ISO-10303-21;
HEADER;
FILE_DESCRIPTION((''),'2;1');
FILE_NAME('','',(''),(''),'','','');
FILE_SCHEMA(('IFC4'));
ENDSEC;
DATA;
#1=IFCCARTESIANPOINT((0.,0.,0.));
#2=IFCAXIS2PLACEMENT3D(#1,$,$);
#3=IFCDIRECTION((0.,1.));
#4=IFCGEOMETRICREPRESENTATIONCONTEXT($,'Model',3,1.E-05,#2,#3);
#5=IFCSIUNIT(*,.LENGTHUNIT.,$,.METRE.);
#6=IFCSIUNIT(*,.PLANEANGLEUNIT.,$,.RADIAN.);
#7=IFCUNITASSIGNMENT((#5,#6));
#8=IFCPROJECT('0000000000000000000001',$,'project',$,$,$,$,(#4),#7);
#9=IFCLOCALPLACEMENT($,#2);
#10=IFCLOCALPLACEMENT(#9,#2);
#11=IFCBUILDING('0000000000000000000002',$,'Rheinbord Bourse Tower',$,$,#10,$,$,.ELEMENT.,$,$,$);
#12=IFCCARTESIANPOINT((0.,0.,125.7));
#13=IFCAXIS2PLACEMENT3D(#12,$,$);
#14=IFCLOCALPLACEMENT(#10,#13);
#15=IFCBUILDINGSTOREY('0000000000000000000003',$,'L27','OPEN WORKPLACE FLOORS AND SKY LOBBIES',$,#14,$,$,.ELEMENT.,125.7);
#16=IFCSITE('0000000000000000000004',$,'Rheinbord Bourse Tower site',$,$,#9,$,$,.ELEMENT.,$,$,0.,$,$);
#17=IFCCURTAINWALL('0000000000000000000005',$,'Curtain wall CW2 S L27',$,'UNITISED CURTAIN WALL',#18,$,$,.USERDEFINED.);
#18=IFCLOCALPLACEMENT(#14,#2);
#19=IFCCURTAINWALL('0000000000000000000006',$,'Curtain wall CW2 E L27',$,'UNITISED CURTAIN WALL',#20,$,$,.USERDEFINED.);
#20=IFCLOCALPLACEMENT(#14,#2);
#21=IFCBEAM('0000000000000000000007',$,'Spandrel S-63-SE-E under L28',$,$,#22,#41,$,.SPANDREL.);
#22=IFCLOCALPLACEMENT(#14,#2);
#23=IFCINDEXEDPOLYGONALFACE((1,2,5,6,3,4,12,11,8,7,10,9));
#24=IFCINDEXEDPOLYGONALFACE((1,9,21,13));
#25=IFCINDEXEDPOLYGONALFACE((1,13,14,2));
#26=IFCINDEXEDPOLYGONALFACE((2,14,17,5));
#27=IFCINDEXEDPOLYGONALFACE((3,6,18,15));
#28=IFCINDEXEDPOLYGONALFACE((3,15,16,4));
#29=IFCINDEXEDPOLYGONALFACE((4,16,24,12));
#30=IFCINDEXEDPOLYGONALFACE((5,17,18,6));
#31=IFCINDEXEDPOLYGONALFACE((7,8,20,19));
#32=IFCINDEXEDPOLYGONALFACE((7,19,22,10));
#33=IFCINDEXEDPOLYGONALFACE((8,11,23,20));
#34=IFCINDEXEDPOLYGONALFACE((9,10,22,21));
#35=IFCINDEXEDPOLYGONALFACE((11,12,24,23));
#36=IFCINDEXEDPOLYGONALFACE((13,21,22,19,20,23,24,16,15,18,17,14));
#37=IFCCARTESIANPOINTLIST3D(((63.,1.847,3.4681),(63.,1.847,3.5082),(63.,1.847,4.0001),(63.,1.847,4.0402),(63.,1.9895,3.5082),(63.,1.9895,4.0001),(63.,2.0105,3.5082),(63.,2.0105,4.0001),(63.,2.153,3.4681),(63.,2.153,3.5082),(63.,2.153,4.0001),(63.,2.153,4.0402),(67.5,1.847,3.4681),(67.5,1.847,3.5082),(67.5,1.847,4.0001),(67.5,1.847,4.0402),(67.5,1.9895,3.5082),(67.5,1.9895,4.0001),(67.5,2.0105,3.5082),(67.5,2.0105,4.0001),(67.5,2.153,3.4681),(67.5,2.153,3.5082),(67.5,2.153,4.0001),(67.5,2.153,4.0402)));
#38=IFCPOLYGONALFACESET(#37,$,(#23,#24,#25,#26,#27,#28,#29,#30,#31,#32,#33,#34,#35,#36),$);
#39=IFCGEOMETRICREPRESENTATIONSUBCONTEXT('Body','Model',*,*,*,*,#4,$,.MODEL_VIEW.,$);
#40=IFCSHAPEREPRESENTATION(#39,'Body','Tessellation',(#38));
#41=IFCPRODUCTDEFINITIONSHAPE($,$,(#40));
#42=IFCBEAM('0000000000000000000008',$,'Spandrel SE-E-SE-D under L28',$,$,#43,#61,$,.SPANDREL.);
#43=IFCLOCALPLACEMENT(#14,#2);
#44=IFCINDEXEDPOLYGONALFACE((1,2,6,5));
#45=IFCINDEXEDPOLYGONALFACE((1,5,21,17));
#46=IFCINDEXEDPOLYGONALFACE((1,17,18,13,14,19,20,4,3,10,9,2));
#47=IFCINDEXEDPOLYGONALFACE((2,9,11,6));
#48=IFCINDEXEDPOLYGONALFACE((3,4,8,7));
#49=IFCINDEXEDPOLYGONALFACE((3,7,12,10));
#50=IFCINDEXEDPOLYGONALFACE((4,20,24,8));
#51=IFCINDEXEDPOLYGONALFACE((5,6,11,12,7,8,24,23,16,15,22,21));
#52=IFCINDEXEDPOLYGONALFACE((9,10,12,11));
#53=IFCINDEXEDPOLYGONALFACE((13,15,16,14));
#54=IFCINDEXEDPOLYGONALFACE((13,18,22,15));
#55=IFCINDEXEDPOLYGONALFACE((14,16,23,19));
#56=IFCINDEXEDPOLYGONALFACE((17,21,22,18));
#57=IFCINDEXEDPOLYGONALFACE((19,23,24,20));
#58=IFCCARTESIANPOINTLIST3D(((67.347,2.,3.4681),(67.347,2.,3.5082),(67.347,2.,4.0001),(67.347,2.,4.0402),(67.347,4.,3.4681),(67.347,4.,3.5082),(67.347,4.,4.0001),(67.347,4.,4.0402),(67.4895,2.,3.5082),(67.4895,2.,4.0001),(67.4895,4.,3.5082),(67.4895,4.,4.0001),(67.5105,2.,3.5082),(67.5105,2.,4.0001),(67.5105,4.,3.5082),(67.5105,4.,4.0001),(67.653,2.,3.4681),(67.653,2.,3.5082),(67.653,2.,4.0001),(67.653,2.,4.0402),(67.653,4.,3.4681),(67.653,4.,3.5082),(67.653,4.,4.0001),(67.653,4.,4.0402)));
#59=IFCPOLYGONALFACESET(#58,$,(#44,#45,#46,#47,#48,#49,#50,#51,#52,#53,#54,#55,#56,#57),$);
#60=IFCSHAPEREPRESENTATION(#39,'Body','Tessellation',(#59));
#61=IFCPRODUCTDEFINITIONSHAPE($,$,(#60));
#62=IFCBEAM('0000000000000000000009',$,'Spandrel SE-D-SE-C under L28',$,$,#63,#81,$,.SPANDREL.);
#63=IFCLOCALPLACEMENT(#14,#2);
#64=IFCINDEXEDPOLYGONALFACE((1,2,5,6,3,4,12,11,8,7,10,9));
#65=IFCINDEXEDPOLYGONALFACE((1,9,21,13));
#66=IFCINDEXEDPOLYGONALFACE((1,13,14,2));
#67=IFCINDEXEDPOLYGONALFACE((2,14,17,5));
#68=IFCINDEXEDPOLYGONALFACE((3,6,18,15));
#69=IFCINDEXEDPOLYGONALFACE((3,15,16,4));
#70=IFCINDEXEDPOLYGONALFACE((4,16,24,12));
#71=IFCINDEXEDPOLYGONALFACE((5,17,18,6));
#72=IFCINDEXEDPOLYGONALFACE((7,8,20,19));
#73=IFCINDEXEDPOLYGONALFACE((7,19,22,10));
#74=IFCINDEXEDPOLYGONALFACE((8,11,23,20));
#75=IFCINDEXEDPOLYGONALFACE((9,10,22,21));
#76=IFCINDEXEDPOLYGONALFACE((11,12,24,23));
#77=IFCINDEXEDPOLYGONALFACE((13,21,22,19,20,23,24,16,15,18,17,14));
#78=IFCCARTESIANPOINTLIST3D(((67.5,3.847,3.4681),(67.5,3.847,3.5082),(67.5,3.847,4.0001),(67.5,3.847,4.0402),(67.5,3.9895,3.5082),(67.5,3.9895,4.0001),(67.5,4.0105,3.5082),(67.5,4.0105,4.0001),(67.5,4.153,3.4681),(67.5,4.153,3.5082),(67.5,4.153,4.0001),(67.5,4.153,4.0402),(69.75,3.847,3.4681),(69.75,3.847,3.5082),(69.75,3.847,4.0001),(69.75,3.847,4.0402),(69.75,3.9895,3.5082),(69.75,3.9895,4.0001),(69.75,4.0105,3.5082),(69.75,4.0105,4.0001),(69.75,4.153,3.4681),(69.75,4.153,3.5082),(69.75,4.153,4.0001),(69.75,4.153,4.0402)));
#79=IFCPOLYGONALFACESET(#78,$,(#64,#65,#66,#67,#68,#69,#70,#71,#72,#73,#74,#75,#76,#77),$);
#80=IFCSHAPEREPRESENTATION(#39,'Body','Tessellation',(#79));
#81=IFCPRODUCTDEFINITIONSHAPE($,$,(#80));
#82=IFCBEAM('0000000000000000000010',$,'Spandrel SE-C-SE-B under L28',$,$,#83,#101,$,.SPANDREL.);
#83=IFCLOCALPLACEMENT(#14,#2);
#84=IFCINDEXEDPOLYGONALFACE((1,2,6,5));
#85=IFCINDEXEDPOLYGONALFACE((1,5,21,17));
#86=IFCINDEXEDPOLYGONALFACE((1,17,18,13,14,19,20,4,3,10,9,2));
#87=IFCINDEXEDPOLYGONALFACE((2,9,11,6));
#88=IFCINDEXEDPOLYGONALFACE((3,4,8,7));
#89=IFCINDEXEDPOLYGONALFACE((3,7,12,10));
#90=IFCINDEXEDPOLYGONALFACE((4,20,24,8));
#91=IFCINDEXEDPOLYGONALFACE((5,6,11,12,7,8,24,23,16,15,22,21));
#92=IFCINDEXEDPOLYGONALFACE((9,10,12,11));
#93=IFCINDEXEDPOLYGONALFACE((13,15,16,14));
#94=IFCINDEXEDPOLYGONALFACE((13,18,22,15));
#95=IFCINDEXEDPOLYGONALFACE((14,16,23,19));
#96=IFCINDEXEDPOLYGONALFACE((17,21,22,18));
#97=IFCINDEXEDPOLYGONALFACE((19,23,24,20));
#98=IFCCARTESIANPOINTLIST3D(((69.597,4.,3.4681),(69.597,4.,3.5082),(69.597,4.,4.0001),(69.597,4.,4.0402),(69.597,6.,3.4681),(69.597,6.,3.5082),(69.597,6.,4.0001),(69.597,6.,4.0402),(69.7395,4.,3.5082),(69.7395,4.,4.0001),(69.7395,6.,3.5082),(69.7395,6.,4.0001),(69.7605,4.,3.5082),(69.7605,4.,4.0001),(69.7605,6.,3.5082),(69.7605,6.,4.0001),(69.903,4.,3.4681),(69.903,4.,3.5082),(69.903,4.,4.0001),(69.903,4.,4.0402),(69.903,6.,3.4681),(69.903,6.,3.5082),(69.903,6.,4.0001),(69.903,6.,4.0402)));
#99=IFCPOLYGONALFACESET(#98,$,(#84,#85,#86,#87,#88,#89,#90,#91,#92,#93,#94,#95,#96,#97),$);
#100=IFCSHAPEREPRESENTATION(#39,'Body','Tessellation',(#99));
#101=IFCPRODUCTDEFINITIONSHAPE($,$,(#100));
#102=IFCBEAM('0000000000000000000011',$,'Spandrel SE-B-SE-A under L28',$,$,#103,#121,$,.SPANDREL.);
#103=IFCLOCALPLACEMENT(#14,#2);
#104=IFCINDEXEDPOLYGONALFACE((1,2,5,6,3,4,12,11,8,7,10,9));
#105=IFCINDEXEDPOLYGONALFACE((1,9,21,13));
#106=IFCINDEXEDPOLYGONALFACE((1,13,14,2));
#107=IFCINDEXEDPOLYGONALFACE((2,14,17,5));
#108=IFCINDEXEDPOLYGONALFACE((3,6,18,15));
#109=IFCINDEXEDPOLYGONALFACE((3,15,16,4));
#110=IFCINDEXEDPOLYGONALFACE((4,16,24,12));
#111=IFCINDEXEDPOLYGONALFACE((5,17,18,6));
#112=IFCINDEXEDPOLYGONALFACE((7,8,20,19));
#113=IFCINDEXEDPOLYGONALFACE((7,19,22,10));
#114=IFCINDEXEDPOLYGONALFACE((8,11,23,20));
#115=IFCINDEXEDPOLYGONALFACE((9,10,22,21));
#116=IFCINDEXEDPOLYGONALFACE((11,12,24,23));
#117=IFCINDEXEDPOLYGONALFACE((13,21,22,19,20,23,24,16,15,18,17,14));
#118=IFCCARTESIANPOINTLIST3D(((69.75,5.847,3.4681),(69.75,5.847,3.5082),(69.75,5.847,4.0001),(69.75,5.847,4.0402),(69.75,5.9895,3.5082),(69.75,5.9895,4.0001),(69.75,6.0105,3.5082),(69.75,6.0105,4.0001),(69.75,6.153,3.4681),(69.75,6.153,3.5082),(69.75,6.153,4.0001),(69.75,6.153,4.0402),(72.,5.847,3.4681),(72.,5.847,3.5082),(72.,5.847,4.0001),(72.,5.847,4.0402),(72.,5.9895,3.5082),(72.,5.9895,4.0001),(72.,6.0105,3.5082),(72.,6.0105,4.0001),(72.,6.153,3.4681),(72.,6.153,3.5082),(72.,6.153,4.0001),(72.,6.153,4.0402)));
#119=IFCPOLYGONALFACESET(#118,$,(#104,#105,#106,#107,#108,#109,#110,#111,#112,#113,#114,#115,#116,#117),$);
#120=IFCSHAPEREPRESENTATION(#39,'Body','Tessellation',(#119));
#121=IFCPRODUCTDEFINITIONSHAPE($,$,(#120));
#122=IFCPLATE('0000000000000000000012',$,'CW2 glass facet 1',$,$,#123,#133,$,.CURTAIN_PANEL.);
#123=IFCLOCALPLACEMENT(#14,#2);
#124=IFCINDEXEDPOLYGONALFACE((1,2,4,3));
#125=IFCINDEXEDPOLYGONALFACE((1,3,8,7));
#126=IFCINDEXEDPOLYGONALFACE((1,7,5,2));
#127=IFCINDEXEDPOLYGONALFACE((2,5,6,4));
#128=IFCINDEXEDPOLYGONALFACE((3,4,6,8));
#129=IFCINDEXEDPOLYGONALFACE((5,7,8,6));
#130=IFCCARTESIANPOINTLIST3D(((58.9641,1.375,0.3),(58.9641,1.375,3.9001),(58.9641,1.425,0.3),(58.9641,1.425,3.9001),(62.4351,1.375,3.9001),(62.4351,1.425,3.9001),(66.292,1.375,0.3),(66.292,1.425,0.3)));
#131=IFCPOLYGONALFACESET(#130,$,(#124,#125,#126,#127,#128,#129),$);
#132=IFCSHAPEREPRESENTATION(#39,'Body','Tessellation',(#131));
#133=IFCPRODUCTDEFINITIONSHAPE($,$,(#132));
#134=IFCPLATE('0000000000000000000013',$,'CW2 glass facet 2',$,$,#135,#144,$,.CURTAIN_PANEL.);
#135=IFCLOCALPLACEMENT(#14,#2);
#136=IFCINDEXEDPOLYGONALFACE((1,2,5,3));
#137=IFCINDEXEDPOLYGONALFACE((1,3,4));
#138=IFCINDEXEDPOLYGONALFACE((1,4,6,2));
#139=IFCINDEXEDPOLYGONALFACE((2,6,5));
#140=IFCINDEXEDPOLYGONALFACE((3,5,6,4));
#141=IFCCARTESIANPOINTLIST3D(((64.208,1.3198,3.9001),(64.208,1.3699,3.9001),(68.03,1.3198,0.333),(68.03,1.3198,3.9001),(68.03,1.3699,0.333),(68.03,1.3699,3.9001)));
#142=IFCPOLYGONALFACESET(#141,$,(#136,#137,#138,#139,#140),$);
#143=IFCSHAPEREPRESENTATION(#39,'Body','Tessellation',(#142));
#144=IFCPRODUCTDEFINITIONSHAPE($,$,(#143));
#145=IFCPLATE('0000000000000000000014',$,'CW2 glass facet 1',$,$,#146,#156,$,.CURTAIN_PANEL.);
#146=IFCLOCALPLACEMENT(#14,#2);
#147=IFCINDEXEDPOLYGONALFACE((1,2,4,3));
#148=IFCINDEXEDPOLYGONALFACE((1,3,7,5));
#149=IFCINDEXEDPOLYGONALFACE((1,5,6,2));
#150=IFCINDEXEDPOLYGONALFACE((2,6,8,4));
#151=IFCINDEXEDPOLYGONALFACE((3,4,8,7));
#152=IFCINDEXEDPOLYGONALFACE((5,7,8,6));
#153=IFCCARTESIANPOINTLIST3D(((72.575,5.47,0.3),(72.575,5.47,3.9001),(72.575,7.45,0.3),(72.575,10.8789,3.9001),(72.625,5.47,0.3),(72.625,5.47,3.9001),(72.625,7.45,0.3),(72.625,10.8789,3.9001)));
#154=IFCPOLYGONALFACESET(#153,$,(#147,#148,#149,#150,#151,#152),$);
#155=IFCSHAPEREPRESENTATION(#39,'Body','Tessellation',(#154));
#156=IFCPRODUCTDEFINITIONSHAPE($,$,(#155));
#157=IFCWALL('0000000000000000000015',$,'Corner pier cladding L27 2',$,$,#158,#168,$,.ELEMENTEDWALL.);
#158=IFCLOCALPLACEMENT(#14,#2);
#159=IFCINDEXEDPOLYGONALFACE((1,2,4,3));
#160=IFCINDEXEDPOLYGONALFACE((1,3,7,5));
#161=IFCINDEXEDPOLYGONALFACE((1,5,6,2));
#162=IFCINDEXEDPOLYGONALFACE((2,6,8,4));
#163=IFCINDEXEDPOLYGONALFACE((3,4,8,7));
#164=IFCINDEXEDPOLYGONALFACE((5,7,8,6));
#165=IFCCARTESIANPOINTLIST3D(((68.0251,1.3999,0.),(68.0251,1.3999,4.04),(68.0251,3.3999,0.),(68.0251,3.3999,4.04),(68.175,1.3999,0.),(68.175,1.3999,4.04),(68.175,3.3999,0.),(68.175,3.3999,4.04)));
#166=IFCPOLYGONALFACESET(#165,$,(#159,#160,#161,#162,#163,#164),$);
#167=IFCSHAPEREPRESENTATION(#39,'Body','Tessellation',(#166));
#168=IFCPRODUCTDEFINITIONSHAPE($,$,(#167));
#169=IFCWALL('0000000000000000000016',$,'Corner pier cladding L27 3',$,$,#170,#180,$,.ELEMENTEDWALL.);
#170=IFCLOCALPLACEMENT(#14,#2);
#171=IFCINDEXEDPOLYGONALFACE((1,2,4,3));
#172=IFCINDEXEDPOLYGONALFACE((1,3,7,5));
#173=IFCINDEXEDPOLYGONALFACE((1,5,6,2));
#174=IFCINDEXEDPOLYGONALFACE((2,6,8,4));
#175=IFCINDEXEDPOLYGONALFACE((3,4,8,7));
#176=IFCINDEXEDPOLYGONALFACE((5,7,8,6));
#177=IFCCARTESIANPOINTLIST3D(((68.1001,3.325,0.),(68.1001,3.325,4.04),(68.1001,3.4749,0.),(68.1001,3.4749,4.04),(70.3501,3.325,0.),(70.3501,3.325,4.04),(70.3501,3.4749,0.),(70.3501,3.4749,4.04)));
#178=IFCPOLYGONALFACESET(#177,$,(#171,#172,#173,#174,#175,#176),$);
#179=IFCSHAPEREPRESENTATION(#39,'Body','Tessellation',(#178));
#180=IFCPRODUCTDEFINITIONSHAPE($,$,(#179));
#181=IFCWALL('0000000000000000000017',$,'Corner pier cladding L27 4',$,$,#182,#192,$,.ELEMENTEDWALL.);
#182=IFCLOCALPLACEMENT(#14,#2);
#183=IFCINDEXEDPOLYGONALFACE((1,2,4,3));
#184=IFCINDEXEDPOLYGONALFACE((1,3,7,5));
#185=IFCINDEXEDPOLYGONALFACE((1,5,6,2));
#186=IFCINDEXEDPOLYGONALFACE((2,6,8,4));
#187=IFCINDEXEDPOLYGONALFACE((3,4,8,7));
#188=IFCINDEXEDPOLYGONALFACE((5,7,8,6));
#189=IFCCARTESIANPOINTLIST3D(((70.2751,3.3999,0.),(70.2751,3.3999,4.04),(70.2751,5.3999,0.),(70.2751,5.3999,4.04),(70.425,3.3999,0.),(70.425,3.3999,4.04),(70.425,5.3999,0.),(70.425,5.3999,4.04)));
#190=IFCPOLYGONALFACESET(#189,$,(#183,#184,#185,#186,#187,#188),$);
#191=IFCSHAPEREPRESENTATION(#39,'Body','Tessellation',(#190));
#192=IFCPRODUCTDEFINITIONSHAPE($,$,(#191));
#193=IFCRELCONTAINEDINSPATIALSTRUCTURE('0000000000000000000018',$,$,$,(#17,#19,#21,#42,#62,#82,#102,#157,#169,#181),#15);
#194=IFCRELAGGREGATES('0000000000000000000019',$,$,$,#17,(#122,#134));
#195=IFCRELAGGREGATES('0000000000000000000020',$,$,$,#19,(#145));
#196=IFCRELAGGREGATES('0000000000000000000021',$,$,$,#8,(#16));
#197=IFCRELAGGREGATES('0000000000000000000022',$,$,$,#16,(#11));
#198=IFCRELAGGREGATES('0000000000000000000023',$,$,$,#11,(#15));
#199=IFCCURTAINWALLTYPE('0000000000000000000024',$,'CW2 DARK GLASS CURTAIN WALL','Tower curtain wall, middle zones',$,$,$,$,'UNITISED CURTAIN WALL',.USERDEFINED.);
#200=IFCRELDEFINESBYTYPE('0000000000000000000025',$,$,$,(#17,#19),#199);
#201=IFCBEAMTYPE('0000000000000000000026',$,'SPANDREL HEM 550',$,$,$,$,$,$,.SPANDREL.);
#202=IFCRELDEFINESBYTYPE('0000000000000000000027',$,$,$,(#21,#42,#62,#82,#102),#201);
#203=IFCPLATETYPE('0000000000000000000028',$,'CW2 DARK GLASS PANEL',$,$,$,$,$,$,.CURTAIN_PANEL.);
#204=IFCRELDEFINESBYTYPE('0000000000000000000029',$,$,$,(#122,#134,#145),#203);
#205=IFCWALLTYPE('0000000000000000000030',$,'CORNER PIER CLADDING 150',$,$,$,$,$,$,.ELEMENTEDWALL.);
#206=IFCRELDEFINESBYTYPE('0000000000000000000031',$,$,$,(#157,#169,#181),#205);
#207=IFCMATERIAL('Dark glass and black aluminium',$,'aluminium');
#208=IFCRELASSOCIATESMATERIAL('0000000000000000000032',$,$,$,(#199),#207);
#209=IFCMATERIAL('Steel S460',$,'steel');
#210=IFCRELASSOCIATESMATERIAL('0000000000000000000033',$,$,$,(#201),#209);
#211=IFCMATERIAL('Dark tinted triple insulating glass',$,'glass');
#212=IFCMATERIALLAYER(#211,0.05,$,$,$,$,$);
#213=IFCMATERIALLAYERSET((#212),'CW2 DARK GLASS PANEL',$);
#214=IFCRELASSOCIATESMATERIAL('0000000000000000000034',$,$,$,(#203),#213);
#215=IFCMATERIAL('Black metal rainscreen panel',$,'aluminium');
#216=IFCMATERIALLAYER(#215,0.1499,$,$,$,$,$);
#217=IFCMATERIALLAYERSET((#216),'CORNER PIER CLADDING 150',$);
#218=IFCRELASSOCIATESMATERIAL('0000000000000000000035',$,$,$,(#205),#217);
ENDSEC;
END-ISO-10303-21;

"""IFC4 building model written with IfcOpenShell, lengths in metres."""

from ifc_helpers import new_model, si_unit, direction, frame, frame_2d, origin, origin_2d, place, context, subcontext, project, spatial, polyline, rectangle, i_section, outline, extrude, material, layer, layer_set, material_profile, profile_set, type_object, element, aggregate, save


model = new_model("IFC4")

# Units and contexts
model_context = context("Model", 3, precision=1e-05, world=origin(), true_north=direction((0.0, 1.0)))
body_context = subcontext(model_context, "Body", "Model", "MODEL_VIEW")
ifc_project = project(units=[si_unit("LENGTHUNIT", "METRE"), si_unit("PLANEANGLEUNIT", "RADIAN")], contexts=[model_context])

# Site, building, storey
site_placement = place(None, origin())
site = spatial("IfcSite", under=ifc_project, at=site_placement, Name="Rheinbord Bourse Tower site", CompositionType="ELEMENT", RefElevation=0.0)
building_placement = place(site_placement, origin())
building = spatial("IfcBuilding", under=site, at=building_placement, Name="Rheinbord Bourse Tower", CompositionType="ELEMENT")
storey_placement = place(building_placement, frame((0.0, 0.0, 125.7)))
storey = spatial("IfcBuildingStorey", under=building, at=storey_placement, Name="L27", Description="OPEN WORKPLACE FLOORS AND SKY LOBBIES", CompositionType="ELEMENT", Elevation=125.7)

# Curtain wall
ifc_material_1 = material(Name="Dark glass and black aluminium", Category="aluminium")
curtain_wall_type = type_object("IfcCurtainWallType", Name="CW2 DARK GLASS CURTAIN WALL", Description="Tower curtain wall, middle zones", ElementType="UNITISED CURTAIN WALL", PredefinedType="USERDEFINED", material=ifc_material_1)
curtain_wall_1_placement = place(storey_placement, origin())
curtain_wall_1 = element("IfcCurtainWall", 1, at=curtain_wall_1_placement, inside=storey, type_object=curtain_wall_type, Name="Curtain wall CW2 S L27", ObjectType="UNITISED CURTAIN WALL", PredefinedType="USERDEFINED")

# Curtain wall
curtain_wall_2_placement = place(storey_placement, origin())
curtain_wall_2 = element("IfcCurtainWall", 2, at=curtain_wall_2_placement, inside=storey, type_object=curtain_wall_type, Name="Curtain wall CW2 E L27", ObjectType="UNITISED CURTAIN WALL", PredefinedType="USERDEFINED")

# Beams
ifc_material_2 = material(Name="Steel S460", Category="steel")
ifc_material_profile_1 = material_profile(ifc_material_2, i_section(OverallWidth=0.3059, OverallDepth=0.572, WebThickness=0.021, FlangeThickness=0.04, at=origin_2d()), Name="HEM 550")
ifc_profile_set_1 = profile_set([ifc_material_profile_1], Name="Steel S460")
beam_type_1 = type_object("IfcBeamType", Name="SPANDREL HEM 550", PredefinedType="SPANDREL", material=ifc_profile_set_1)
for number, where, z_axis, x_axis, name in (
    (3, (63.0, 2.0, 3.7542), (1.0, 0.0, 0.0), (0.0, 1.0, 0.0), "Spandrel S-63-SE-E under L28"),
):
    element("IfcBeam", number, at=place(storey_placement, frame(where, z_axis=z_axis, x_axis=x_axis)), inside=storey, type_object=beam_type_1, Name=name, PredefinedType="SPANDREL", context=body_context, shape_type="SweptSolid", body=[
        extrude(i_section(OverallWidth=0.3059, OverallDepth=0.572, WebThickness=0.021, FlangeThickness=0.04, at=origin_2d()), origin(), (0.0, 0.0, 1.0), 4.5),
    ])
beam_1_placement = place(storey_placement, frame((67.5, 2.0, 3.7542), z_axis=(0.0, 1.0, 0.0), x_axis=(-1.0, 0.0, 0.0)))
element("IfcBeam", 4, at=beam_1_placement, inside=storey, type_object=beam_type_1, Name="Spandrel SE-E-SE-D under L28", PredefinedType="SPANDREL", context=body_context, shape_type="SweptSolid", body=[
    extrude(i_section(OverallWidth=0.3059, OverallDepth=0.572, WebThickness=0.021, FlangeThickness=0.04, at=origin_2d()), origin(), (0.0, 0.0, 1.0), 2.0),
])
beam_2_placement = place(storey_placement, frame((67.5, 4.0, 3.7542), z_axis=(1.0, 0.0, 0.0), x_axis=(0.0, 1.0, 0.0)))
element("IfcBeam", 5, at=beam_2_placement, inside=storey, type_object=beam_type_1, Name="Spandrel SE-D-SE-C under L28", PredefinedType="SPANDREL", context=body_context, shape_type="SweptSolid", body=[
    extrude(i_section(OverallWidth=0.3059, OverallDepth=0.572, WebThickness=0.021, FlangeThickness=0.04, at=origin_2d()), origin(), (0.0, 0.0, 1.0), 2.25),
])
beam_3_placement = place(storey_placement, frame((69.75, 4.0, 3.7542), z_axis=(0.0, 1.0, 0.0), x_axis=(-1.0, 0.0, 0.0)))
element("IfcBeam", 6, at=beam_3_placement, inside=storey, type_object=beam_type_1, Name="Spandrel SE-C-SE-B under L28", PredefinedType="SPANDREL", context=body_context, shape_type="SweptSolid", body=[
    extrude(i_section(OverallWidth=0.3059, OverallDepth=0.572, WebThickness=0.021, FlangeThickness=0.04, at=origin_2d()), origin(), (0.0, 0.0, 1.0), 2.0),
])
beam_4_placement = place(storey_placement, frame((69.75, 6.0, 3.7542), z_axis=(1.0, 0.0, 0.0), x_axis=(0.0, 1.0, 0.0)))
element("IfcBeam", 7, at=beam_4_placement, inside=storey, type_object=beam_type_1, Name="Spandrel SE-B-SE-A under L28", PredefinedType="SPANDREL", context=body_context, shape_type="SweptSolid", body=[
    extrude(i_section(OverallWidth=0.3059, OverallDepth=0.572, WebThickness=0.021, FlangeThickness=0.04, at=origin_2d()), origin(), (0.0, 0.0, 1.0), 2.25),
])

# Plates
ifc_material_3 = material(Name="Dark tinted triple insulating glass", Category="glass")
ifc_layer_1 = layer(ifc_material_3, 0.05)
ifc_layer_set_1 = layer_set([ifc_layer_1], Name="CW2 DARK GLASS PANEL")
plate_type = type_object("IfcPlateType", Name="CW2 DARK GLASS PANEL", PredefinedType="CURTAIN_PANEL", material=ifc_layer_set_1)
plate_1_placement = place(storey_placement, frame((58.9641, 1.375, 0.3), z_axis=(0.0, 1.0, 0.0), x_axis=(0.0, 0.0, 1.0)))
plate_1 = element("IfcPlate", 8, at=plate_1_placement, type_object=plate_type, Name="CW2 glass facet 1", PredefinedType="CURTAIN_PANEL", context=body_context, shape_type="SweptSolid", body=[
    extrude(outline(polyline([(0.0, 0.0), (3.6001, 0.0), (3.6001, 3.4709), (0.0, 7.3279), (0.0, 0.0)])), origin(), (0.0, 0.0, 1.0), 0.05),
])
plate_2_placement = place(storey_placement, frame((68.03, 1.3198, 3.9001), z_axis=(0.0, 1.0, 0.0), x_axis=(0.0, 0.0, -1.0)))
plate_2 = element("IfcPlate", 9, at=plate_2_placement, type_object=plate_type, Name="CW2 glass facet 2", PredefinedType="CURTAIN_PANEL", context=body_context, shape_type="SweptSolid", body=[
    extrude(outline(polyline([(0.0, 0.0), (3.5671, 0.0), (0.0, 3.822), (0.0, 0.0)])), origin(), (0.0, 0.0, 1.0), 0.05),
])
aggregate(curtain_wall_1, [plate_1, plate_2])
plate_3_placement = place(storey_placement, frame((72.625, 5.47, 0.3), z_axis=(-1.0, 0.0, 0.0), x_axis=(0.0, 0.0, 1.0)))
plate_3 = element("IfcPlate", 10, at=plate_3_placement, type_object=plate_type, Name="CW2 glass facet 1", PredefinedType="CURTAIN_PANEL", context=body_context, shape_type="SweptSolid", body=[
    extrude(outline(polyline([(0.0, 0.0), (3.6001, 0.0), (3.6001, 5.4089), (0.0, 1.98), (0.0, 0.0)])), origin(), (0.0, 0.0, 1.0), 0.05),
])
aggregate(curtain_wall_2, [plate_3])

# Walls
ifc_material_4 = material(Name="Black metal rainscreen panel", Category="aluminium")
ifc_layer_2 = layer(ifc_material_4, 0.1499)
ifc_layer_set_2 = layer_set([ifc_layer_2], Name="CORNER PIER CLADDING 150")
wall_type = type_object("IfcWallType", Name="CORNER PIER CLADDING 150", PredefinedType="ELEMENTEDWALL", material=ifc_layer_set_2)
wall_1_placement = place(storey_placement, frame((68.1001, 1.3999, 0.0), z_axis=(0.0, 0.0, 1.0), x_axis=(0.0, 1.0, 0.0)))
element("IfcWall", 11, at=wall_1_placement, inside=storey, type_object=wall_type, Name="Corner pier cladding L27 2", PredefinedType="ELEMENTEDWALL", context=body_context, shape_type="SweptSolid", body=[
    extrude(rectangle(XDim=2.0, YDim=0.1499, at=frame_2d((1.0, 0.0))), origin(), (0.0, 0.0, 1.0), 4.04),
])
wall_2_placement = place(storey_placement, frame((68.1001, 3.3999, 0.0), z_axis=(0.0, 0.0, 1.0), x_axis=(1.0, 0.0, 0.0)))
element("IfcWall", 12, at=wall_2_placement, inside=storey, type_object=wall_type, Name="Corner pier cladding L27 3", PredefinedType="ELEMENTEDWALL", context=body_context, shape_type="SweptSolid", body=[
    extrude(rectangle(XDim=2.25, YDim=0.1499, at=frame_2d((1.125, 0.0))), origin(), (0.0, 0.0, 1.0), 4.04),
])
wall_3_placement = place(storey_placement, frame((70.3501, 3.3999, 0.0), z_axis=(0.0, 0.0, 1.0), x_axis=(0.0, 1.0, 0.0)))
element("IfcWall", 13, at=wall_3_placement, inside=storey, type_object=wall_type, Name="Corner pier cladding L27 4", PredefinedType="ELEMENTEDWALL", context=body_context, shape_type="SweptSolid", body=[
    extrude(rectangle(XDim=2.0, YDim=0.1499, at=frame_2d((1.0, 0.0))), origin(), (0.0, 0.0, 1.0), 4.04),
])

save(model, "model.ifc")
